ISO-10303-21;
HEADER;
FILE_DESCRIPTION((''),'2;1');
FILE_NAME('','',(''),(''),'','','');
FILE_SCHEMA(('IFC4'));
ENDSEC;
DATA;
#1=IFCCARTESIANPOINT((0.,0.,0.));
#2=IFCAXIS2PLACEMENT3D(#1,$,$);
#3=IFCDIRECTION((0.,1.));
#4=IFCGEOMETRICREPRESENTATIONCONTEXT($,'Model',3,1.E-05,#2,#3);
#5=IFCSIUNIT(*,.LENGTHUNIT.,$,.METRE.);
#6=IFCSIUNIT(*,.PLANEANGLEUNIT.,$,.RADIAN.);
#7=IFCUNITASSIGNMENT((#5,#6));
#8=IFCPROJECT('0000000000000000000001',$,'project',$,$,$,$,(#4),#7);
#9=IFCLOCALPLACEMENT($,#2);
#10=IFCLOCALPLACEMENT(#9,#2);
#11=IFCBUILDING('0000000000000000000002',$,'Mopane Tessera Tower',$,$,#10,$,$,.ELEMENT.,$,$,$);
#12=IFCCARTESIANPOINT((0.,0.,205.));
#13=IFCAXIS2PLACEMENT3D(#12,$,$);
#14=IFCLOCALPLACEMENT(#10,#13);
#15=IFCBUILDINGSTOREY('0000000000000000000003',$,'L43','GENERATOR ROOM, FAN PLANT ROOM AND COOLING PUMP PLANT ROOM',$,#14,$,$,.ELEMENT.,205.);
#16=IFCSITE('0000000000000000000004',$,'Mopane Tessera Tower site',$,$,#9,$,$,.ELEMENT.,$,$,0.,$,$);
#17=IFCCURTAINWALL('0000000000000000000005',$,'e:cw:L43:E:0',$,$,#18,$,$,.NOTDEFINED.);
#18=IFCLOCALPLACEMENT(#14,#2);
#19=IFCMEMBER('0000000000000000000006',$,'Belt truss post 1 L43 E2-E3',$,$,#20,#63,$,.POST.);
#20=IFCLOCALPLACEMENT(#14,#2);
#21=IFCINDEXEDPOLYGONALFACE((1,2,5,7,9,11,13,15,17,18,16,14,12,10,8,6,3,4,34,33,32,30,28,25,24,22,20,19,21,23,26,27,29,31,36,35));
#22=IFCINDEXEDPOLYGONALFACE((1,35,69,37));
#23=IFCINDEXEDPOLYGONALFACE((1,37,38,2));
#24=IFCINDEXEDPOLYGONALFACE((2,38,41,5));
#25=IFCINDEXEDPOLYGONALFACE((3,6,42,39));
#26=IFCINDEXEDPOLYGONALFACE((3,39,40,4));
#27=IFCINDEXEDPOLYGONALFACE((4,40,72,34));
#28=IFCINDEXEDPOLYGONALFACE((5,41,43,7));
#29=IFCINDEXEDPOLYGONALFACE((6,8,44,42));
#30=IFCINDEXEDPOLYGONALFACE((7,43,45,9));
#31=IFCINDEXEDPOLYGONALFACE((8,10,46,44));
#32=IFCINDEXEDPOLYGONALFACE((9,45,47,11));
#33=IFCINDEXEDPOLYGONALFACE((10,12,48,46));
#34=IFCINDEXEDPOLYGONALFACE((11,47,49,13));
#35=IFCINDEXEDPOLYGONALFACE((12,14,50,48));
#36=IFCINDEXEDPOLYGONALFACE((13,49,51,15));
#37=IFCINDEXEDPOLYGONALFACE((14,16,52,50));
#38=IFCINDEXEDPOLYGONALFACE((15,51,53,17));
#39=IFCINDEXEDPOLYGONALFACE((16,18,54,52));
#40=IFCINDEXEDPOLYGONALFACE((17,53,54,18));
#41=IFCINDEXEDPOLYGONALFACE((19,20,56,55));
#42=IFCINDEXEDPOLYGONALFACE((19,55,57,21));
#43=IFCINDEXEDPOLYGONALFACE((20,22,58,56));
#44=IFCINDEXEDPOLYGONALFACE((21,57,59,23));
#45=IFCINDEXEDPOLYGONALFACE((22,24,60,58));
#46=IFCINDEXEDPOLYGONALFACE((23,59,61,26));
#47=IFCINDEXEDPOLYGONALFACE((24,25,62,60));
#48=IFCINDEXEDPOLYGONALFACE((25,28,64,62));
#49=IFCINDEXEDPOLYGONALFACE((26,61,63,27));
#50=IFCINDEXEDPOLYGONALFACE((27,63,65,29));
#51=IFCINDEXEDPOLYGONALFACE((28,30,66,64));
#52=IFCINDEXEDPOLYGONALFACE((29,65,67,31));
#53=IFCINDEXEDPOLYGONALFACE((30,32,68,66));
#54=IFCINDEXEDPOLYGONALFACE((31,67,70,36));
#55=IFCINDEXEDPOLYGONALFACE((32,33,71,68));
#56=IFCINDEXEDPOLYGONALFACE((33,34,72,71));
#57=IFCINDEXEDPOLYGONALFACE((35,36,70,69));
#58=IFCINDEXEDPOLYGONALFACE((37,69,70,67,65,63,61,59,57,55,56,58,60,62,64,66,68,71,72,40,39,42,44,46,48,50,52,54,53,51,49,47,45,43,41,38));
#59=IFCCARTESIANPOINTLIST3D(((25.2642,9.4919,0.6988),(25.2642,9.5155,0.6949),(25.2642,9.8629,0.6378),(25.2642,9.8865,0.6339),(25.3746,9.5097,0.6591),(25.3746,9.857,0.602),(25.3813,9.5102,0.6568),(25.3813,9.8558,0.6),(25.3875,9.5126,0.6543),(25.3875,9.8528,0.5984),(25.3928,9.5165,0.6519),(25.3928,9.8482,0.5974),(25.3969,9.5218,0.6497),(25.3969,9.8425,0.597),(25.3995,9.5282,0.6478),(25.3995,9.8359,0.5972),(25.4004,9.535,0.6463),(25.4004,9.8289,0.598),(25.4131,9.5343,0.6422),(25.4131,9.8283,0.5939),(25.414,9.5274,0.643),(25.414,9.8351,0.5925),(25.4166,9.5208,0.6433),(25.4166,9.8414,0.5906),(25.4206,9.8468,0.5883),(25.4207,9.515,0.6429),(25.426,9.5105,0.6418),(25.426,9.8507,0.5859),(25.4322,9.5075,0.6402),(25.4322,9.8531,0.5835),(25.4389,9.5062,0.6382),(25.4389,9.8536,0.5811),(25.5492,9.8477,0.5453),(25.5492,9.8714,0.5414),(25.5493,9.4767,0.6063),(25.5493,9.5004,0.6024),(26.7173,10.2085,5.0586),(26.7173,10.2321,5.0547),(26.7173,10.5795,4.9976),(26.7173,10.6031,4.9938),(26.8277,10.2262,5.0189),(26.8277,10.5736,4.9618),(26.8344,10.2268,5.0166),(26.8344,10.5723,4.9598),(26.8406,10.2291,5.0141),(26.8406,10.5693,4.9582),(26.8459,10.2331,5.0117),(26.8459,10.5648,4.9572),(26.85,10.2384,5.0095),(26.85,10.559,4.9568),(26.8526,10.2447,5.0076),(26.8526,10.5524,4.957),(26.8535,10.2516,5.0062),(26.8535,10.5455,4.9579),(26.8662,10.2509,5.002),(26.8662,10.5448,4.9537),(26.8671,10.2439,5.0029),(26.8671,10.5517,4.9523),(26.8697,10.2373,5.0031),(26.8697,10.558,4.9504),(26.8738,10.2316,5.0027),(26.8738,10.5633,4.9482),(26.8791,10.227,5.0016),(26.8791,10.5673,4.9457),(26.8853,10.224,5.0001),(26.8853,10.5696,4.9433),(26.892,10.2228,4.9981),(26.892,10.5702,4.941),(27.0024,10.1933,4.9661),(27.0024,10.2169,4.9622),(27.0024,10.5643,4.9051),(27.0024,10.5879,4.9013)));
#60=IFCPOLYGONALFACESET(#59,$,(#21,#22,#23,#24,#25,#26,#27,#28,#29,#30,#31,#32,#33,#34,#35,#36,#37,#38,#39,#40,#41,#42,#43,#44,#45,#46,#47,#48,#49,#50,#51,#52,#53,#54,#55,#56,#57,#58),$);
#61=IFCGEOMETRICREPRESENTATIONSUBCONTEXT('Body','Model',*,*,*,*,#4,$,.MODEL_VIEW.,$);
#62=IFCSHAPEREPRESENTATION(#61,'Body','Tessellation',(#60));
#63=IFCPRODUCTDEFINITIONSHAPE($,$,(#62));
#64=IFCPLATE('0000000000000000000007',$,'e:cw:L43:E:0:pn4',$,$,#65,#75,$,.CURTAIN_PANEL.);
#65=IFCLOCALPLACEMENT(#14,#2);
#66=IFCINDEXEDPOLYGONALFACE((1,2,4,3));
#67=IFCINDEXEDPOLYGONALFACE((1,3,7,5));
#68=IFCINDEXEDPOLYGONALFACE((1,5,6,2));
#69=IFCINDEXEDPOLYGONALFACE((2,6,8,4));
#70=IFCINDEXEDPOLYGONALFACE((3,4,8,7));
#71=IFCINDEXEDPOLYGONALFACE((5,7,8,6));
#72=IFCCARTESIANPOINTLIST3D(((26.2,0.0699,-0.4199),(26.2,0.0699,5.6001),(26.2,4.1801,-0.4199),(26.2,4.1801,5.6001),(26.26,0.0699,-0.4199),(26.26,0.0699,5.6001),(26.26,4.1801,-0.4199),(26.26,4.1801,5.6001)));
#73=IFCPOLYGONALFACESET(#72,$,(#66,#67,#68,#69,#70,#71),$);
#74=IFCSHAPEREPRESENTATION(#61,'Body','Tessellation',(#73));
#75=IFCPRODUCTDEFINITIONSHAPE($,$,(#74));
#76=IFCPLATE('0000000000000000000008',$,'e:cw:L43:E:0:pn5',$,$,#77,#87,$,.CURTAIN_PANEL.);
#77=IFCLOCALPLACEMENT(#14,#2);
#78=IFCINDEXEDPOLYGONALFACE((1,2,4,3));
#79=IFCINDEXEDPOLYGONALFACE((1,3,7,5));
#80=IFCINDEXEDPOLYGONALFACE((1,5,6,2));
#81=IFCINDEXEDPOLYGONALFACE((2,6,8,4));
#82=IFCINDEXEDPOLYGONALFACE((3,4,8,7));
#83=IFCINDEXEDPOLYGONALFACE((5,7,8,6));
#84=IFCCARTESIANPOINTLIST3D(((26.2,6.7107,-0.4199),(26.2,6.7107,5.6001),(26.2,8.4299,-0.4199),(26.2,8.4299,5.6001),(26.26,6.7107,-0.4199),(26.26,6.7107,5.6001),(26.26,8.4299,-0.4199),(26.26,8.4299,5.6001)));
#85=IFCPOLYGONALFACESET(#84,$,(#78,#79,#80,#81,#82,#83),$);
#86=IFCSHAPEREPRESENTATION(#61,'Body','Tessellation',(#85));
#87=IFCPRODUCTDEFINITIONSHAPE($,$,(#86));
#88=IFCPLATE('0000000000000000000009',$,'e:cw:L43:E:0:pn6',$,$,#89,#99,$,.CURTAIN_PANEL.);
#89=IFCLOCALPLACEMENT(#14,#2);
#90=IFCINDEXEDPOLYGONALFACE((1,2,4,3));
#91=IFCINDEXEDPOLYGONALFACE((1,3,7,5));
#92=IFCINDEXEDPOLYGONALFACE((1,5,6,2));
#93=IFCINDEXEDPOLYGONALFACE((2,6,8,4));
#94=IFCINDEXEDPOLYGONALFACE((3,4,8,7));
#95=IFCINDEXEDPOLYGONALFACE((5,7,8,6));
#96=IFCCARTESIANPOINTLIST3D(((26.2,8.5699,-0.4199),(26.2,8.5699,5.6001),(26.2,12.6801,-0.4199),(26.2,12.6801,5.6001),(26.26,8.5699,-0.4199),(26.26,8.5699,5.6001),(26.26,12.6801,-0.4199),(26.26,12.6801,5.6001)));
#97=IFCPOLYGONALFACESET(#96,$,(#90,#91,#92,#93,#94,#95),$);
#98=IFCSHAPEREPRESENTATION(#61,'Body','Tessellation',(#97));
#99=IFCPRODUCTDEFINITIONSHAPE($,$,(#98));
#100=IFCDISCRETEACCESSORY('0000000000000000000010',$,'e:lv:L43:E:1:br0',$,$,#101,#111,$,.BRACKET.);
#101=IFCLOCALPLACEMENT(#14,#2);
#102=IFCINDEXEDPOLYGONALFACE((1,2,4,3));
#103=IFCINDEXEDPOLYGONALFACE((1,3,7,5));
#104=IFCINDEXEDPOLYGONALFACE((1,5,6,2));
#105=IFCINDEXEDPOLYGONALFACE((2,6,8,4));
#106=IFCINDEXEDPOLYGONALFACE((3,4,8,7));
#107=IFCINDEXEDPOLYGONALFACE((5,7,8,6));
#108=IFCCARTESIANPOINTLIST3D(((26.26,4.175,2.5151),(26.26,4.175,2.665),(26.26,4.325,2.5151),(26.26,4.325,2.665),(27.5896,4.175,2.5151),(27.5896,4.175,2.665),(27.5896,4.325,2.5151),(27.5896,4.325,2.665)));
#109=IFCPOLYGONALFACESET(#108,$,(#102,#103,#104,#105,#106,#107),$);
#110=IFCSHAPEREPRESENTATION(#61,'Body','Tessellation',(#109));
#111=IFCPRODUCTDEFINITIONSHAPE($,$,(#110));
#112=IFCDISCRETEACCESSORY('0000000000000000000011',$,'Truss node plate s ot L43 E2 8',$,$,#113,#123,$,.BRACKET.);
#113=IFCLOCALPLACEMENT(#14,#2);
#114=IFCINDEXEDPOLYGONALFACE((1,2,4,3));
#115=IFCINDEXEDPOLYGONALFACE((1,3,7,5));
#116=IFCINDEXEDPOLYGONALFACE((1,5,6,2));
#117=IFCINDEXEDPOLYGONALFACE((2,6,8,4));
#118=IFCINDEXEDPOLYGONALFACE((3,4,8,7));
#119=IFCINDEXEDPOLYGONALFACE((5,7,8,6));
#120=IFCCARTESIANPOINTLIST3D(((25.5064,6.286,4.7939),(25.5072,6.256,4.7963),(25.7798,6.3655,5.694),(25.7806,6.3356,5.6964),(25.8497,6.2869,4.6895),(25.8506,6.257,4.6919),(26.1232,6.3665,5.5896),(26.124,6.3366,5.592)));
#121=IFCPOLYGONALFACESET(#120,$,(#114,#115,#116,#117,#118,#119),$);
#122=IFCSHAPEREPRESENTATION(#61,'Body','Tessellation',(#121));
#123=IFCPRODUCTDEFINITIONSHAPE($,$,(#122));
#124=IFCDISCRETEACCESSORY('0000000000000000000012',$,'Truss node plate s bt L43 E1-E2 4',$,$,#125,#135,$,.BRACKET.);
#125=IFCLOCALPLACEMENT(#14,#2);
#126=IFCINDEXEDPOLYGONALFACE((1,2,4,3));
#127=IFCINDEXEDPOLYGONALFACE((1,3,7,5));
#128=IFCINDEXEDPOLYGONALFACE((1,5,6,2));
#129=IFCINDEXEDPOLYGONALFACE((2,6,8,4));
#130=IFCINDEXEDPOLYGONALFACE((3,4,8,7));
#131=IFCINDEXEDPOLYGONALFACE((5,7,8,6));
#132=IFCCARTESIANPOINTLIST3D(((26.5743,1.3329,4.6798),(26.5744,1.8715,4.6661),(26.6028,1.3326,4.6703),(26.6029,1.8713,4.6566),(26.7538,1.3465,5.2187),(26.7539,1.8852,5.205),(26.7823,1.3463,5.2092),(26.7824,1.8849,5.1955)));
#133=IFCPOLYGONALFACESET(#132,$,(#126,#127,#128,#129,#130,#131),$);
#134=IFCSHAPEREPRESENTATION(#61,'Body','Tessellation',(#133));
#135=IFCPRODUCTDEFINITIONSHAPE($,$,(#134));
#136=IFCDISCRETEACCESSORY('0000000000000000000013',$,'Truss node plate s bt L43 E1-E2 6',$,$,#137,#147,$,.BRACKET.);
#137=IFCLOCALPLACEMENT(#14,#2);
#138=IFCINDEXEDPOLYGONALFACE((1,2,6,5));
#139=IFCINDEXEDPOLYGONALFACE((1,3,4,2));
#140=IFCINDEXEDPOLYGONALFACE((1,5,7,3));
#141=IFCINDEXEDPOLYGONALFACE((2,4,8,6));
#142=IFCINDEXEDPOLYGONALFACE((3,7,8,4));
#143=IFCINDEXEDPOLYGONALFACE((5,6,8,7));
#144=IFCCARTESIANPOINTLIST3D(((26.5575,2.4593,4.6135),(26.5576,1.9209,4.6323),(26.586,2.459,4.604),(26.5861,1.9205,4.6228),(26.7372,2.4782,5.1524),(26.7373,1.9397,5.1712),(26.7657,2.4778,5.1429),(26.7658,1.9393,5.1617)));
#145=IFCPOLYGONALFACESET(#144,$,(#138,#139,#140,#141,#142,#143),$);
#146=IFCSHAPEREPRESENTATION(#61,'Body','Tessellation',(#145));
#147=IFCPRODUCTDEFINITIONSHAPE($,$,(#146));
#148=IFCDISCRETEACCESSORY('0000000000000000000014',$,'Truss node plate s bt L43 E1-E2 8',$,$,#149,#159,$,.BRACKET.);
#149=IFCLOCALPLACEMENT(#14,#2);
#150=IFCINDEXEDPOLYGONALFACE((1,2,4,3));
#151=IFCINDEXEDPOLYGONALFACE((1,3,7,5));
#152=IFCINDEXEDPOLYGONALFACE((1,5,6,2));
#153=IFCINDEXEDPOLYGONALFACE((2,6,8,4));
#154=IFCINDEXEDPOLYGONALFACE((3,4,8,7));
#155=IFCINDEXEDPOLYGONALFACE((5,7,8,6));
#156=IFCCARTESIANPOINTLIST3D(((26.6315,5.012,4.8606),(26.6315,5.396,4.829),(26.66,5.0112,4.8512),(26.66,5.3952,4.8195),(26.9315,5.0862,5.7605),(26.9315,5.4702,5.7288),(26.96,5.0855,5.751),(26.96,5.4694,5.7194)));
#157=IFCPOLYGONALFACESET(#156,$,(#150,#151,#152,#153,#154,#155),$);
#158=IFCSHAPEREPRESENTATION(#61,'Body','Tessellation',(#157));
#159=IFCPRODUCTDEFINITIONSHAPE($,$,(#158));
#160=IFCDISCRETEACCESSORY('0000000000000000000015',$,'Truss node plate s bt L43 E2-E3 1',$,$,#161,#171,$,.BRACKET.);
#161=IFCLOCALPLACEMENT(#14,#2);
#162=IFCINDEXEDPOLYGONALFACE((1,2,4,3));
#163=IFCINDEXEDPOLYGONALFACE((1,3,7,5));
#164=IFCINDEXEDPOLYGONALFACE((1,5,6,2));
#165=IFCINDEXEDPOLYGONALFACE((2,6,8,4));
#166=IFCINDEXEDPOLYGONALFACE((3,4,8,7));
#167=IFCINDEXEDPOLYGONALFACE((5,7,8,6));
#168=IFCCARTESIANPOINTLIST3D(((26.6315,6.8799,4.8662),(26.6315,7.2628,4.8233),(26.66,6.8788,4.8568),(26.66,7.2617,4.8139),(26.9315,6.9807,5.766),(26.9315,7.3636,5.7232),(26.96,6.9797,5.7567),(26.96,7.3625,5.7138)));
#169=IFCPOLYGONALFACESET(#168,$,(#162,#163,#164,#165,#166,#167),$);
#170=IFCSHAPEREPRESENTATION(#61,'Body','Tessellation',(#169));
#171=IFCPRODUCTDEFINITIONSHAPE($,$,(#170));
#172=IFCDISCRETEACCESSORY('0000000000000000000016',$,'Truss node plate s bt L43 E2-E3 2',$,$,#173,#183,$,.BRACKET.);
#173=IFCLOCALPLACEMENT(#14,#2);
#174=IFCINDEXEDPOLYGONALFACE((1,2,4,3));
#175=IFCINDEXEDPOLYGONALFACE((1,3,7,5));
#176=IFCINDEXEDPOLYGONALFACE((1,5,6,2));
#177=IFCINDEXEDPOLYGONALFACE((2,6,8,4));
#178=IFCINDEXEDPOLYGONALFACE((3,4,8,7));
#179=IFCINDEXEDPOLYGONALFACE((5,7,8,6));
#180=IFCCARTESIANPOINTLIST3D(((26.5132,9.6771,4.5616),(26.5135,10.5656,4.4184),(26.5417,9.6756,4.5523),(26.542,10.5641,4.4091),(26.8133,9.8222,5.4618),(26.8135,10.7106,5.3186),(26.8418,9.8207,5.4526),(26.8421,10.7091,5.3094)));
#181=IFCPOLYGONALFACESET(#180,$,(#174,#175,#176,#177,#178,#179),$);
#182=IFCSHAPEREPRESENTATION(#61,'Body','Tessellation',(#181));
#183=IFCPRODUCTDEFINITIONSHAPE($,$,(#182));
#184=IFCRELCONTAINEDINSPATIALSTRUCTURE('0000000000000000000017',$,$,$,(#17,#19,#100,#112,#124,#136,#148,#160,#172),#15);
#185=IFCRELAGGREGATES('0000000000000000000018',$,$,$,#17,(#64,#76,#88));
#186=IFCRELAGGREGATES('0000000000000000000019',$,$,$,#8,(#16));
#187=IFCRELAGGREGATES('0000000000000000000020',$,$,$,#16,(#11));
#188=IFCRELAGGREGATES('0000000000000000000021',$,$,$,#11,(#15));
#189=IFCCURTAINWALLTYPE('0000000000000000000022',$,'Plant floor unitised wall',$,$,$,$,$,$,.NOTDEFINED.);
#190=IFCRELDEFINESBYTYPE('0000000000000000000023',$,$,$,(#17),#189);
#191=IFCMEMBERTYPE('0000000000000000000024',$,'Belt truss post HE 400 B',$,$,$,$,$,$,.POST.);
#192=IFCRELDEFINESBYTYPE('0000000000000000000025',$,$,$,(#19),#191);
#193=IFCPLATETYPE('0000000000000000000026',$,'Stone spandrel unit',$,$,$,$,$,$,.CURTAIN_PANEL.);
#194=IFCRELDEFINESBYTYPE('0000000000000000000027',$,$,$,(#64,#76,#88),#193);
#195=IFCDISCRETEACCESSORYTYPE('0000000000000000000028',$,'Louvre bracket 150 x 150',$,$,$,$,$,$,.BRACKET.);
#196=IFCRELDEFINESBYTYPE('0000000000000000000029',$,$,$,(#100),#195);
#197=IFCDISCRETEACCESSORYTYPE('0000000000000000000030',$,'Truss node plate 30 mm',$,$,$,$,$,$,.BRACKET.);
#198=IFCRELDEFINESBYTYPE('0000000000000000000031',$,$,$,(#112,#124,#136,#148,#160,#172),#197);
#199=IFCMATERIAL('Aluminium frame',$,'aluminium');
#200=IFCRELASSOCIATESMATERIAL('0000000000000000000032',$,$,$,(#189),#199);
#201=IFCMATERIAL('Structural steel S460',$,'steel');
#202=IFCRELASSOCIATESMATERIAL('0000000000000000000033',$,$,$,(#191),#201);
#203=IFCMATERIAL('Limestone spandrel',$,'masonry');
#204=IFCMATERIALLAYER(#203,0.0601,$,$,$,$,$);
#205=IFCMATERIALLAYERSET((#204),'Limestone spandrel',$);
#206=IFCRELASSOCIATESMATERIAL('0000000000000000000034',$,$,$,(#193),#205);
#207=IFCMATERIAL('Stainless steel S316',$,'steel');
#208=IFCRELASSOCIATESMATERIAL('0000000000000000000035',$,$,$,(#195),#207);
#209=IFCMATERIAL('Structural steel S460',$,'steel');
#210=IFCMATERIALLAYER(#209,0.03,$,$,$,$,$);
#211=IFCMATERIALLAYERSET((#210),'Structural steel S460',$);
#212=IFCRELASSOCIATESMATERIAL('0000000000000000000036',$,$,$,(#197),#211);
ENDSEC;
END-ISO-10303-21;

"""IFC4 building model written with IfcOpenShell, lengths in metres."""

from ifc_helpers import new_model, si_unit, direction, frame, origin, origin_2d, place, context, subcontext, project, spatial, rectangle, i_section, extrude, material, layer, layer_set, material_profile, profile_set, type_object, element, aggregate, save


model = new_model("IFC4")

# Units and contexts
model_context = context("Model", 3, precision=1e-05, world=origin(), true_north=direction((0.0, 1.0)))
body_context = subcontext(model_context, "Body", "Model", "MODEL_VIEW")
ifc_project = project(units=[si_unit("LENGTHUNIT", "METRE"), si_unit("PLANEANGLEUNIT", "RADIAN")], contexts=[model_context])

# Site, building, storey
site_placement = place(None, origin())
site = spatial("IfcSite", under=ifc_project, at=site_placement, Name="Mopane Tessera Tower site", CompositionType="ELEMENT", RefElevation=0.0)
building_placement = place(site_placement, origin())
building = spatial("IfcBuilding", under=site, at=building_placement, Name="Mopane Tessera Tower", CompositionType="ELEMENT")
storey_placement = place(building_placement, frame((0.0, 0.0, 205.0)))
storey = spatial("IfcBuildingStorey", under=building, at=storey_placement, Name="L43", Description="GENERATOR ROOM, FAN PLANT ROOM AND COOLING PUMP PLANT ROOM", CompositionType="ELEMENT", Elevation=205.0)

# Curtain wall
ifc_material_1 = material(Name="Aluminium frame", Category="aluminium")
curtain_wall_type = type_object("IfcCurtainWallType", Name="Plant floor unitised wall", PredefinedType="NOTDEFINED", material=ifc_material_1)
curtain_wall_placement = place(storey_placement, origin())
curtain_wall = element("IfcCurtainWall", 1, at=curtain_wall_placement, inside=storey, type_object=curtain_wall_type, Name="e:cw:L43:E:0", PredefinedType="NOTDEFINED")

# Member
ifc_material_2 = material(Name="Structural steel S460", Category="steel")
ifc_material_profile_1 = material_profile(ifc_material_2, i_section(OverallWidth=0.3, OverallDepth=0.3999, WebThickness=0.0134, FlangeThickness=0.0239, FilletRadius=0.0271, at=origin_2d()))
ifc_profile_set_1 = profile_set([ifc_material_profile_1], Name="Structural steel S460")
member_type_1 = type_object("IfcMemberType", Name="Belt truss post HE 400 B", PredefinedType="POST", material=ifc_profile_set_1)
member_1_placement = place(storey_placement, frame((25.4067, 9.6816, 0.6201), z_axis=(0.312421, 0.154058, 0.937368), x_axis=(-0.949944, 0.050617, 0.308293)))
element("IfcMember", 2, at=member_1_placement, inside=storey, type_object=member_type_1, Name="Belt truss post 1 L43 E2-E3", PredefinedType="POST", context=body_context, shape_type="SweptSolid", body=[
    extrude(i_section(OverallWidth=0.3, OverallDepth=0.3999, WebThickness=0.0134, FlangeThickness=0.0239, FilletRadius=0.0271, at=origin_2d()), origin(), (0.0, 0.0, 1.0), 4.6511),
])

# Plates
ifc_material_3 = material(Name="Limestone spandrel", Category="masonry")
ifc_layer_1 = layer(ifc_material_3, 0.0601)
ifc_layer_set_1 = layer_set([ifc_layer_1], Name="Limestone spandrel")
plate_type = type_object("IfcPlateType", Name="Stone spandrel unit", PredefinedType="CURTAIN_PANEL", material=ifc_layer_set_1)
plate_1_placement = place(storey_placement, frame((26.23, 2.125, -0.4199), z_axis=(0.0, 0.0, 1.0), x_axis=(0.0, 1.0, 0.0)))
plate_1 = element("IfcPlate", 3, at=plate_1_placement, type_object=plate_type, Name="e:cw:L43:E:0:pn4", PredefinedType="CURTAIN_PANEL", context=body_context, shape_type="SweptSolid", body=[
    extrude(rectangle(XDim=4.1101, YDim=0.0601, at=origin_2d()), origin(), (0.0, 0.0, 1.0), 6.02),
])
plate_2_placement = place(storey_placement, frame((26.23, 7.5703, -0.4199), z_axis=(0.0, 0.0, 1.0), x_axis=(0.0, 1.0, 0.0)))
plate_2 = element("IfcPlate", 4, at=plate_2_placement, type_object=plate_type, Name="e:cw:L43:E:0:pn5", PredefinedType="CURTAIN_PANEL", context=body_context, shape_type="SweptSolid", body=[
    extrude(rectangle(XDim=1.7192, YDim=0.0601, at=origin_2d()), origin(), (0.0, 0.0, 1.0), 6.02),
])
plate_3_placement = place(storey_placement, frame((26.23, 10.625, -0.4199), z_axis=(0.0, 0.0, 1.0), x_axis=(0.0, 1.0, 0.0)))
plate_3 = element("IfcPlate", 5, at=plate_3_placement, type_object=plate_type, Name="e:cw:L43:E:0:pn6", PredefinedType="CURTAIN_PANEL", context=body_context, shape_type="SweptSolid", body=[
    extrude(rectangle(XDim=4.1101, YDim=0.0601, at=origin_2d()), origin(), (0.0, 0.0, 1.0), 6.02),
])
aggregate(curtain_wall, [plate_1, plate_2, plate_3])

# Discrete accessories
ifc_material_4 = material(Name="Stainless steel S316", Category="steel")
discrete_accessory_type_1 = type_object("IfcDiscreteAccessoryType", Name="Louvre bracket 150 x 150", PredefinedType="BRACKET", material=ifc_material_4)
discrete_accessory_1_placement = place(storey_placement, frame((26.9248, 4.25, 2.5151), z_axis=(0.0, 0.0, 1.0), x_axis=(1.0, 0.0, 0.0)))
element("IfcDiscreteAccessory", 6, at=discrete_accessory_1_placement, inside=storey, type_object=discrete_accessory_type_1, Name="e:lv:L43:E:1:br0", PredefinedType="BRACKET", context=body_context, shape_type="SweptSolid", body=[
    extrude(rectangle(XDim=1.3296, YDim=0.1499, at=origin_2d()), origin(), (0.0, 0.0, 1.0), 0.1499),
])
ifc_material_5 = material(Name="Structural steel S460", Category="steel")
ifc_layer_2 = layer(ifc_material_5, 0.03)
ifc_layer_set_2 = layer_set([ifc_layer_2], Name="Structural steel S460")
discrete_accessory_type_2 = type_object("IfcDiscreteAccessoryType", Name="Truss node plate 30 mm", PredefinedType="BRACKET", material=ifc_layer_set_2)
discrete_accessory_2_placement = place(storey_placement, frame((25.6785, 6.2715, 4.7429), z_axis=(0.289621, 0.0843, 0.953422), x_axis=(-0.027152, 0.996437, -0.079856)))
element("IfcDiscreteAccessory", 7, at=discrete_accessory_2_placement, inside=storey, type_object=discrete_accessory_type_2, Name="Truss node plate s ot L43 E2 8", PredefinedType="BRACKET", context=body_context, shape_type="SweptSolid", body=[
    extrude(rectangle(XDim=0.03, YDim=0.3589, at=origin_2d()), origin(), (0.0, 0.0, 1.0), 0.9441),
])
discrete_accessory_3_placement = place(storey_placement, frame((26.5886, 1.6021, 4.6682), z_axis=(0.315878, 0.024067, 0.948494), x_axis=(-0.9488, 0.008166, 0.315773)))
element("IfcDiscreteAccessory", 8, at=discrete_accessory_3_placement, inside=storey, type_object=discrete_accessory_type_2, Name="Truss node plate s bt L43 E1-E2 4", PredefinedType="BRACKET", context=body_context, shape_type="SweptSolid", body=[
    extrude(rectangle(XDim=0.03, YDim=0.5388, at=origin_2d()), origin(), (0.0, 0.0, 1.0), 0.5681),
])
discrete_accessory_4_placement = place(storey_placement, frame((26.5718, 2.1899, 4.6182), z_axis=(0.316184, 0.033079, 0.948121), x_axis=(-0.948698, 0.010816, 0.315999)))
element("IfcDiscreteAccessory", 9, at=discrete_accessory_4_placement, inside=storey, type_object=discrete_accessory_type_2, Name="Truss node plate s bt L43 E1-E2 6", PredefinedType="BRACKET", context=body_context, shape_type="SweptSolid", body=[
    extrude(rectangle(XDim=0.03, YDim=0.5388, at=origin_2d()), origin(), (0.0, 0.0, 1.0), 0.5684),
])
discrete_accessory_5_placement = place(storey_placement, frame((26.6458, 5.2036, 4.8401), z_axis=(0.315341, 0.078001, 0.945767), x_axis=(-0.948978, 0.025824, 0.314282)))
element("IfcDiscreteAccessory", 10, at=discrete_accessory_5_placement, inside=storey, type_object=discrete_accessory_type_2, Name="Truss node plate s bt L43 E1-E2 8", PredefinedType="BRACKET", context=body_context, shape_type="SweptSolid", body=[
    extrude(rectangle(XDim=0.03, YDim=0.3853, at=origin_2d()), origin(), (0.0, 0.0, 1.0), 0.9514),
])
discrete_accessory_6_placement = place(storey_placement, frame((26.6458, 7.0708, 4.8401), z_axis=(0.314533, 0.105697, 0.943343), x_axis=(-0.949246, 0.034966, 0.312584)))
element("IfcDiscreteAccessory", 11, at=discrete_accessory_6_placement, inside=storey, type_object=discrete_accessory_type_2, Name="Truss node plate s bt L43 E2-E3 1", PredefinedType="BRACKET", context=body_context, shape_type="SweptSolid", body=[
    extrude(rectangle(XDim=0.03, YDim=0.3853, at=origin_2d()), origin(), (0.0, 0.0, 1.0), 0.9539),
])
discrete_accessory_7_placement = place(storey_placement, frame((26.5276, 10.1206, 4.4854), z_axis=(0.312598, 0.151085, 0.937793), x_axis=(-0.949886, 0.050012, 0.308571)))
element("IfcDiscreteAccessory", 12, at=discrete_accessory_7_placement, inside=storey, type_object=discrete_accessory_type_2, Name="Truss node plate s bt L43 E2-E3 2", PredefinedType="BRACKET", context=body_context, shape_type="SweptSolid", body=[
    extrude(rectangle(XDim=0.03, YDim=0.8999, at=origin_2d()), origin(), (0.0, 0.0, 1.0), 0.96),
])

save(model, "model.ifc")
